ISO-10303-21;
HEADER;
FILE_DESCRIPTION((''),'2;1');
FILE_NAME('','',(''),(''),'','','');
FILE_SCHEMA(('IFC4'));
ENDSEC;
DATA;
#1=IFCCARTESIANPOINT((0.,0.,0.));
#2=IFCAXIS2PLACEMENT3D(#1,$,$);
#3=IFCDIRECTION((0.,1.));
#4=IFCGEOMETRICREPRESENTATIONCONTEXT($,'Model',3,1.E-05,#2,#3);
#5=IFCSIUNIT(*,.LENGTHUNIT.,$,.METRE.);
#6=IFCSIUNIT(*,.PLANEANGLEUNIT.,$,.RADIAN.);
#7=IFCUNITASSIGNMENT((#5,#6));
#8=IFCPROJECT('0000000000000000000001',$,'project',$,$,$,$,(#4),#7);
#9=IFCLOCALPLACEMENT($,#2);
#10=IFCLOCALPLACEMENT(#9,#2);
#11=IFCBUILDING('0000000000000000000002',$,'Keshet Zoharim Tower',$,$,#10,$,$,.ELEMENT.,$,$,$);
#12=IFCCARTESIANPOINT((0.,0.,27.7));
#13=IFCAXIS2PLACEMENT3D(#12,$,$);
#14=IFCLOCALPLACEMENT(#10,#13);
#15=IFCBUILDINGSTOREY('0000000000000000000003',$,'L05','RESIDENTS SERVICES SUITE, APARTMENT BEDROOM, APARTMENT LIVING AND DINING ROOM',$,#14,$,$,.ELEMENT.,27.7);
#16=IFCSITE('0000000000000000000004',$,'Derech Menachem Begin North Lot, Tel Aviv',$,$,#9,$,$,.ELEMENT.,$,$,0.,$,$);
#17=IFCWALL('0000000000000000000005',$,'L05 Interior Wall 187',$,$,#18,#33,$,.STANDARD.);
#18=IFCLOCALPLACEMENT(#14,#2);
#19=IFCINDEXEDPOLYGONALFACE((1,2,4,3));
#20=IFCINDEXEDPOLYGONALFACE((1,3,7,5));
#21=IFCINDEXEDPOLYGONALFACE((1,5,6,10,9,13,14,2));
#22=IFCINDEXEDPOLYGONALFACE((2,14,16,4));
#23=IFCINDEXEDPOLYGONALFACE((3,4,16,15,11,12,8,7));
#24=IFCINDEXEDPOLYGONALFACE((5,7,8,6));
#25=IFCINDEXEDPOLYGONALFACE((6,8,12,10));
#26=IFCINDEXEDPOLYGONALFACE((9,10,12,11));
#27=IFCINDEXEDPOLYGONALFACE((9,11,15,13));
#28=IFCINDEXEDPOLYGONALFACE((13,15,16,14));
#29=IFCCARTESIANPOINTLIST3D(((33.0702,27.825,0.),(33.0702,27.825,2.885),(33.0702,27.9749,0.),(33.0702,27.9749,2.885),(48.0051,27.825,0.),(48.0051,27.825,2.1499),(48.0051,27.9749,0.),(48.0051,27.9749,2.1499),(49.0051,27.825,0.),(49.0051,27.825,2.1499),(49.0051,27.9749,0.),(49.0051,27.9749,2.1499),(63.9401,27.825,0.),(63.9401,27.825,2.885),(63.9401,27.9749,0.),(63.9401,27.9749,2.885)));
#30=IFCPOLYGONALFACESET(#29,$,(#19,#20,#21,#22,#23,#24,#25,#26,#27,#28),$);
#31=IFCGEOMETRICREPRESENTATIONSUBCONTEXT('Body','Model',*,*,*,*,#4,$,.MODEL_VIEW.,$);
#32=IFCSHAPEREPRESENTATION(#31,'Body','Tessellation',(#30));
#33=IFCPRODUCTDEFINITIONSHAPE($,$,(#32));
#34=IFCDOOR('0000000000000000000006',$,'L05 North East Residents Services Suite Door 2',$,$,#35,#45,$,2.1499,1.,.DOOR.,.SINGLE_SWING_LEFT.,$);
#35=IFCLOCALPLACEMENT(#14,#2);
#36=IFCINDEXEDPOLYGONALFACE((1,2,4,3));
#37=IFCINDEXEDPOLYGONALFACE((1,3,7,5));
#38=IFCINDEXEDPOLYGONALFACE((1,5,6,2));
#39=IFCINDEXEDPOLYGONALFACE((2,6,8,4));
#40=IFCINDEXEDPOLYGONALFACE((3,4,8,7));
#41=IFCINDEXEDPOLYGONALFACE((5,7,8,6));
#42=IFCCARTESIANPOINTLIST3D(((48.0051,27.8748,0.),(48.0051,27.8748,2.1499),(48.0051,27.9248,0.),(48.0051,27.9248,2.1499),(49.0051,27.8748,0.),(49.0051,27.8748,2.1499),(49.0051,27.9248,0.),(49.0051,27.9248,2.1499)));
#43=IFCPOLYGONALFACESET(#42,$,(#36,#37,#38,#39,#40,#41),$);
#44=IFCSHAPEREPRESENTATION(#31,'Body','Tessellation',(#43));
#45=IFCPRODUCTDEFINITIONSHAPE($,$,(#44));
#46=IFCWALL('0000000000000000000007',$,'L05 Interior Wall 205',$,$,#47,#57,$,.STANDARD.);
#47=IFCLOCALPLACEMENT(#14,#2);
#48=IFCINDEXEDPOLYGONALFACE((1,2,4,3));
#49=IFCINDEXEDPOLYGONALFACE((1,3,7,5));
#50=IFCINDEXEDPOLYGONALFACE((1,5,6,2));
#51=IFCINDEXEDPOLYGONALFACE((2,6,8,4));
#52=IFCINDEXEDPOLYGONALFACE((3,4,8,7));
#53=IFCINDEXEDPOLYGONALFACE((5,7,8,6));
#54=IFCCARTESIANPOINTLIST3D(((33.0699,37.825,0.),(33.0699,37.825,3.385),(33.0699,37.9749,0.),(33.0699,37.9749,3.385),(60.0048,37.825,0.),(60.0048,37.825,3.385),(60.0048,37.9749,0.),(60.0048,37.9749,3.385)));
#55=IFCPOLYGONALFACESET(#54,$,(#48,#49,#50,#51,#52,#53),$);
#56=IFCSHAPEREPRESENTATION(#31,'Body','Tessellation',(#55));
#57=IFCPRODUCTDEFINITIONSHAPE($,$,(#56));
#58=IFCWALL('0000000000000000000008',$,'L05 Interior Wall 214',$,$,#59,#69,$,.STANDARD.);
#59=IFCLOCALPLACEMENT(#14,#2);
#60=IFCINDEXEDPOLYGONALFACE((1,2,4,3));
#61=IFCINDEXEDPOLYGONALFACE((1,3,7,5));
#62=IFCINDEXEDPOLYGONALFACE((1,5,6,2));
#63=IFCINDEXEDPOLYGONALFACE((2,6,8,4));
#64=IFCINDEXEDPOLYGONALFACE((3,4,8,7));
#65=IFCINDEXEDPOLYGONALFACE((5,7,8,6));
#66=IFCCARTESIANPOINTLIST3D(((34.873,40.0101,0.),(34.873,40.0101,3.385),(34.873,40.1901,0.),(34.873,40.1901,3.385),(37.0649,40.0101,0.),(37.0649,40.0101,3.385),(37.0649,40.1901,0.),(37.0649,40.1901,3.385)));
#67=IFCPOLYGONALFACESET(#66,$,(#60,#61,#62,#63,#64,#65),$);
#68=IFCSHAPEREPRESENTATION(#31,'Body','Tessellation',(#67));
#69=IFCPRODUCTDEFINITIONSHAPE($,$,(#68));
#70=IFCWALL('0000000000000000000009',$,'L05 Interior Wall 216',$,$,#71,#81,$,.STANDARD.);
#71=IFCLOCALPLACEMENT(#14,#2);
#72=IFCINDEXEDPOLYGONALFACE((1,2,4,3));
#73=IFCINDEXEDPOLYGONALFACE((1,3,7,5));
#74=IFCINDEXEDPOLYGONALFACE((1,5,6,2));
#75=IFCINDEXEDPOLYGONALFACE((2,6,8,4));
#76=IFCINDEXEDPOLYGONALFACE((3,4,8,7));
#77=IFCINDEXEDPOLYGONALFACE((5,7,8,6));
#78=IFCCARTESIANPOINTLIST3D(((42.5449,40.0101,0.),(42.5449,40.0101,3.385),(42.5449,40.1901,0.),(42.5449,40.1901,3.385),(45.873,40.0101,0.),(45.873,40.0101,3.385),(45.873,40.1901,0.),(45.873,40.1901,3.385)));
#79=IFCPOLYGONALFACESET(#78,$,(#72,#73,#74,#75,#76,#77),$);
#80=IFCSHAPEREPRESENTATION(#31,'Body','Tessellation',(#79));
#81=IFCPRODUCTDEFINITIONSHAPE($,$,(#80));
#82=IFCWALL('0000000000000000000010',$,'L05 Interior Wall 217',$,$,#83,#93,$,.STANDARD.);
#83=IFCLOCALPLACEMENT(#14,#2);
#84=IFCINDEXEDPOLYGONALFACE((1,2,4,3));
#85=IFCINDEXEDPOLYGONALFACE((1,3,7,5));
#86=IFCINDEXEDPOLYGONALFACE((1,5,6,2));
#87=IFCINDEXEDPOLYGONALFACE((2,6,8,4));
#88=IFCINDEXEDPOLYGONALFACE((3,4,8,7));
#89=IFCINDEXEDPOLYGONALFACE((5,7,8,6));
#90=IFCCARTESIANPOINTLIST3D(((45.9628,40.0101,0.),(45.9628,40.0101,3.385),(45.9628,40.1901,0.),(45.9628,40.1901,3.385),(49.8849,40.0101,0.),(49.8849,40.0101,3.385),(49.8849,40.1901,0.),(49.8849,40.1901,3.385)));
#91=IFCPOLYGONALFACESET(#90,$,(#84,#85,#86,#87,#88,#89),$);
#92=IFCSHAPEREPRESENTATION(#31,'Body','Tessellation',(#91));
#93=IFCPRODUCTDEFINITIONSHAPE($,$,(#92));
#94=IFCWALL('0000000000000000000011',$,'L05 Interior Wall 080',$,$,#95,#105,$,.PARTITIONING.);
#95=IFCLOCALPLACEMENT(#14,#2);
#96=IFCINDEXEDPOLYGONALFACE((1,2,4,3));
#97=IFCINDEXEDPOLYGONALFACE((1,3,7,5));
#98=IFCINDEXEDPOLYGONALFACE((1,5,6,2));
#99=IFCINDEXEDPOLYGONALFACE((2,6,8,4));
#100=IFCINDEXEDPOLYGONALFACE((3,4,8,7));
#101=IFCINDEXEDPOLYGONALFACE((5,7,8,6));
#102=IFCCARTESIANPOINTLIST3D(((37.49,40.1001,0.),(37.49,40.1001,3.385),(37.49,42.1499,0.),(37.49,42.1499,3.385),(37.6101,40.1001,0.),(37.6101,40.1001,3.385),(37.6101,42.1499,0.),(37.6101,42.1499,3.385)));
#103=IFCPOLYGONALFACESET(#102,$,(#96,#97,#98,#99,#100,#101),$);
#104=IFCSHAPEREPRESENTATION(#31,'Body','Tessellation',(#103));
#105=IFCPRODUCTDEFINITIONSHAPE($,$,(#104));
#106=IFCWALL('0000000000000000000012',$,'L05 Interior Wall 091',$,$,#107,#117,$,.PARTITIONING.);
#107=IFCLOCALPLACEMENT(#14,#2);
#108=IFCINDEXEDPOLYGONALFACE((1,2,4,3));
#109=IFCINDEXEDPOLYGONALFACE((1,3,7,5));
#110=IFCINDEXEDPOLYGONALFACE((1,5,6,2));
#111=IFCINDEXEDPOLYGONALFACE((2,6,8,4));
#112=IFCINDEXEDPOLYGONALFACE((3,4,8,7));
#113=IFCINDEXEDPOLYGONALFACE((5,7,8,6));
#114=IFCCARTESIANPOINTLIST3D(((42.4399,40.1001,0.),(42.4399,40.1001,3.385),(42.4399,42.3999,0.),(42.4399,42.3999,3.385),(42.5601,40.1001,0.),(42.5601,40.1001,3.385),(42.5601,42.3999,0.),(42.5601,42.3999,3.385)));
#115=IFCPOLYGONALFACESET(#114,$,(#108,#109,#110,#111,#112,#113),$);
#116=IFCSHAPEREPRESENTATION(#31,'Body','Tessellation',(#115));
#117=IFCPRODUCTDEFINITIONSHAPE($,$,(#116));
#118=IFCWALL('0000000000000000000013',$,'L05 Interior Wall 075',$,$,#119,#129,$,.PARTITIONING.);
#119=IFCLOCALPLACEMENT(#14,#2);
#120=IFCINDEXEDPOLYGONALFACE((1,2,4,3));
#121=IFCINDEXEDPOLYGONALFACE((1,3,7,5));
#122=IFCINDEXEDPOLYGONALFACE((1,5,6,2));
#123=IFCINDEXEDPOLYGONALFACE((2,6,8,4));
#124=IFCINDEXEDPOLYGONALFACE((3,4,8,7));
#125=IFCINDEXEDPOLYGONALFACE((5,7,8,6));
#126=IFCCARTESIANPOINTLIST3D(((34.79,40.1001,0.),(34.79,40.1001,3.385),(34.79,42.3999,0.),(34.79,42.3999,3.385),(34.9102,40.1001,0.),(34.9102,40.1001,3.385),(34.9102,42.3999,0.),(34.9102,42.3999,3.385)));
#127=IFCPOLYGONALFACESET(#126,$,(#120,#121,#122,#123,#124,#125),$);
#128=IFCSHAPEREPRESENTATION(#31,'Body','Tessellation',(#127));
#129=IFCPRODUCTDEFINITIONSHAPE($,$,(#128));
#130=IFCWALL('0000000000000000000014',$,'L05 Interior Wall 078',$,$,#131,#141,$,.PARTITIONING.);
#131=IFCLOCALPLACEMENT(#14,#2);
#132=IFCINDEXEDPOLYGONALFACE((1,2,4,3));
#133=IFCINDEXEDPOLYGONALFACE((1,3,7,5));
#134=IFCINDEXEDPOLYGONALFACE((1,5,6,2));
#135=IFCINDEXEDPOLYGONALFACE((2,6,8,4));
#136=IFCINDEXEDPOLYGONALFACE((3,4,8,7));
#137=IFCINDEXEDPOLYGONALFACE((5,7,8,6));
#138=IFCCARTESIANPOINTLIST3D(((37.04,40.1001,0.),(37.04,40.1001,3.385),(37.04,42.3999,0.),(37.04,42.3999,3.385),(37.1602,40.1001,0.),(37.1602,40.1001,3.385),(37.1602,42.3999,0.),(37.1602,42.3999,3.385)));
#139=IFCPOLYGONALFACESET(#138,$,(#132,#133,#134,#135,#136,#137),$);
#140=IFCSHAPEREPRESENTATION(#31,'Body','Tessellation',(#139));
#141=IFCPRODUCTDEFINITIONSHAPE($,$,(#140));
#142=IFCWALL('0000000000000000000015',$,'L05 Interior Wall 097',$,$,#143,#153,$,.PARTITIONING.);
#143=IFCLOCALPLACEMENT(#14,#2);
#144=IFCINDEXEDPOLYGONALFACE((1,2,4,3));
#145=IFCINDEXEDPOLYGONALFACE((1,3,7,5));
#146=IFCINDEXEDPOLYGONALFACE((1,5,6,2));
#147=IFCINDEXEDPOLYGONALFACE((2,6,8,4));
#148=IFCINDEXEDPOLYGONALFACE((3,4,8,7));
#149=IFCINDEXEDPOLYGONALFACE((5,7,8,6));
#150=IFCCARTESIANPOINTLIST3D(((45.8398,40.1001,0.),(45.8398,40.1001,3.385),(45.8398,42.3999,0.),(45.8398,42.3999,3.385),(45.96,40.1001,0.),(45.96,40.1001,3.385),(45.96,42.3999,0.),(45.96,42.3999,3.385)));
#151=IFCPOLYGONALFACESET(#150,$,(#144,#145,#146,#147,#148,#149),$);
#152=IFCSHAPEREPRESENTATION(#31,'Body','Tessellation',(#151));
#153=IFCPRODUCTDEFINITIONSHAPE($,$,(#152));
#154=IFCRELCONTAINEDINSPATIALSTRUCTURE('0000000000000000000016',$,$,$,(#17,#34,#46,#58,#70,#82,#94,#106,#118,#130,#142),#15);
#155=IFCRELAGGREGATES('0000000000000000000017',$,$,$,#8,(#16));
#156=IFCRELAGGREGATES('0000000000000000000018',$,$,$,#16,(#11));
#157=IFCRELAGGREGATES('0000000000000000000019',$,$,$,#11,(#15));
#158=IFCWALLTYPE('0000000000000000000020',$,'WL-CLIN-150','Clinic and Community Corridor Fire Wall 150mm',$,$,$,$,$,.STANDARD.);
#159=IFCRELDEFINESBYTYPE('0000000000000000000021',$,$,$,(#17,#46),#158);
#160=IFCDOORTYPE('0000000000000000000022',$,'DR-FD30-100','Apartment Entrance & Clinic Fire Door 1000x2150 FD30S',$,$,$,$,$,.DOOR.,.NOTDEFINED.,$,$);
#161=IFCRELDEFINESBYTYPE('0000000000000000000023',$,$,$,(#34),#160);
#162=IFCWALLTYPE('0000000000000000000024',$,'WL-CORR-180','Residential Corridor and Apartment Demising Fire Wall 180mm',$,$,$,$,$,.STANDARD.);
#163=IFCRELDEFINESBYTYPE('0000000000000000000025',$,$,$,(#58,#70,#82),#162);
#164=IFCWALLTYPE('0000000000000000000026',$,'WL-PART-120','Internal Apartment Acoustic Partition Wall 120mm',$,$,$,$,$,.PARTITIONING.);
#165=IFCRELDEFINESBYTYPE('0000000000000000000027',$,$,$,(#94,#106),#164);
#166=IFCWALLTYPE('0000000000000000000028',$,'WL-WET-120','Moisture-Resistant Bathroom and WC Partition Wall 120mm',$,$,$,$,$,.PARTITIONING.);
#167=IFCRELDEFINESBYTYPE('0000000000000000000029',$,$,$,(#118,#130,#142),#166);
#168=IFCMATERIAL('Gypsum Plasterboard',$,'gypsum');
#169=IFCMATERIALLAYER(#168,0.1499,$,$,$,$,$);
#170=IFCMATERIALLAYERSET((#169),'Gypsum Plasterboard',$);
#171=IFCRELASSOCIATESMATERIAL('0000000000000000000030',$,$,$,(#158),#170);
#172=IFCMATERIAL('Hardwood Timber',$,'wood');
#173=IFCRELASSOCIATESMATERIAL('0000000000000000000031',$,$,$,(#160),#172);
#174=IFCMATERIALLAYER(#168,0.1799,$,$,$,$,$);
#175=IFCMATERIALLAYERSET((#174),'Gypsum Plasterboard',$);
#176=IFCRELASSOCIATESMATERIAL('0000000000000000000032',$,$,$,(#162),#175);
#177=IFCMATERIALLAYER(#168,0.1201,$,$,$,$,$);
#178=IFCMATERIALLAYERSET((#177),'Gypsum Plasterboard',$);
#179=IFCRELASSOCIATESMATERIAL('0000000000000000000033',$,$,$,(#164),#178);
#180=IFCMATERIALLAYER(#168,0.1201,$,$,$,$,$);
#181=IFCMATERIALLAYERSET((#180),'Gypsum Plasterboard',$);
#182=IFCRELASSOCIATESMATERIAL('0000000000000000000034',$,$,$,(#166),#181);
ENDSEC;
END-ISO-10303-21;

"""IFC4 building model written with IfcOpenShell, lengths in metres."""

from ifc_helpers import new_model, si_unit, direction, frame, frame_2d, origin, place, context, subcontext, project, spatial, rectangle, extrude, material, layer, layer_set, type_object, element, fill, save


model = new_model("IFC4")

# Units and contexts
model_context = context("Model", 3, precision=1e-05, world=origin(), true_north=direction((0.0, 1.0)))
body_context = subcontext(model_context, "Body", "Model", "MODEL_VIEW")
ifc_project = project(units=[si_unit("LENGTHUNIT", "METRE"), si_unit("PLANEANGLEUNIT", "RADIAN")], contexts=[model_context])

# Site, building, storey
site_placement = place(None, origin())
site = spatial("IfcSite", under=ifc_project, at=site_placement, Name="Derech Menachem Begin North Lot, Tel Aviv", CompositionType="ELEMENT", RefElevation=0.0)
building_placement = place(site_placement, origin())
building = spatial("IfcBuilding", under=site, at=building_placement, Name="Keshet Zoharim Tower", CompositionType="ELEMENT")
storey_placement = place(building_placement, frame((0.0, 0.0, 27.7)))
storey = spatial("IfcBuildingStorey", under=building, at=storey_placement, Name="L05", Description="RESIDENTS SERVICES SUITE, APARTMENT BEDROOM, APARTMENT LIVING AND DINING ROOM", CompositionType="ELEMENT", Elevation=27.7)

# Shared definitions
ifc_material_1 = material(Name="Gypsum Plasterboard", Category="gypsum")
ifc_layer_1 = layer(ifc_material_1, 0.1499)
ifc_layer_set_1 = layer_set([ifc_layer_1], Name="Gypsum Plasterboard")
wall_type_1 = type_object("IfcWallType", Name="WL-CLIN-150", Description="Clinic and Community Corridor Fire Wall 150mm", PredefinedType="STANDARD", material=ifc_layer_set_1)

# Shared definitions
ifc_material_2 = material(Name="Hardwood Timber", Category="wood")
door_type = type_object("IfcDoorType", Name="DR-FD30-100", Description="Apartment Entrance & Clinic Fire Door 1000x2150 FD30S", OperationType="NOTDEFINED", PredefinedType="DOOR", material=ifc_material_2)

# Wall, opening, door
wall_1_placement = place(storey_placement, frame((33.0701, 27.8999, 0.0), z_axis=(0.0, 0.0, 1.0), x_axis=(1.0, 0.0, 0.0)))
wall_1 = element("IfcWall", 1, at=wall_1_placement, inside=storey, type_object=wall_type_1, Name="L05 Interior Wall 187", PredefinedType="STANDARD", context=body_context, shape_type="SweptSolid", body=[
    extrude(rectangle(XDim=30.8699, YDim=0.1499, at=frame_2d((15.4351, 0.0))), origin(), (0.0, 0.0, 1.0), 2.885),
])
opening_1_placement = place(wall_1_placement, frame((14.9351, 0.0, 0.0)))
opening_1 = element("IfcOpeningElement", 2, at=opening_1_placement, cuts=wall_1, PredefinedType="OPENING", context=body_context, shape_type="SweptSolid", body=[
    extrude(rectangle(XDim=1.0, YDim=2.1499, at=frame_2d((0.5, 1.075))), frame((0.0, 0.085, 0.0), z_axis=(0.0, -1.0, 0.0), x_axis=(1.0, 0.0, 0.0)), (0.0, 0.0, 1.0), 0.1699),
])
door_1_placement = place(opening_1_placement, origin())
door_1 = element("IfcDoor", 3, at=door_1_placement, inside=storey, type_object=door_type, Name="L05 North East Residents Services Suite Door 2", OperationType="SINGLE_SWING_LEFT", OverallHeight=2.1499, OverallWidth=1.0, PredefinedType="DOOR", context=body_context, shape_type="SweptSolid", body=[
    extrude(rectangle(XDim=1.0, YDim=2.1499, at=frame_2d((0.5, 1.075))), frame((0.0, 0.0249, 0.0), z_axis=(0.0, -1.0, 0.0), x_axis=(1.0, 0.0, 0.0)), (0.0, 0.0, 1.0), 0.05),
])
fill(opening_1, door_1)

# Walls
wall_2_placement = place(storey_placement, frame((33.0701, 37.8999, 0.0), z_axis=(0.0, 0.0, 1.0), x_axis=(1.0, 0.0, 0.0)))
element("IfcWall", 4, at=wall_2_placement, inside=storey, type_object=wall_type_1, Name="L05 Interior Wall 205", PredefinedType="STANDARD", context=body_context, shape_type="SweptSolid", body=[
    extrude(rectangle(XDim=26.9348, YDim=0.1499, at=frame_2d((13.4673, 0.0))), origin(), (0.0, 0.0, 1.0), 3.385),
])
ifc_layer_2 = layer(ifc_material_1, 0.1799)
ifc_layer_set_2 = layer_set([ifc_layer_2], Name="Gypsum Plasterboard")
wall_type_2 = type_object("IfcWallType", Name="WL-CORR-180", Description="Residential Corridor and Apartment Demising Fire Wall 180mm", PredefinedType="STANDARD", material=ifc_layer_set_2)
wall_3_placement = place(storey_placement, frame((34.873, 40.1001, 0.0), z_axis=(0.0, 0.0, 1.0), x_axis=(1.0, 0.0, 0.0)))
element("IfcWall", 5, at=wall_3_placement, inside=storey, type_object=wall_type_2, Name="L05 Interior Wall 214", PredefinedType="STANDARD", context=body_context, shape_type="SweptSolid", body=[
    extrude(rectangle(XDim=2.1919, YDim=0.1799, at=frame_2d((1.0959, 0.0))), origin(), (0.0, 0.0, 1.0), 3.385),
])

# Walls
wall_4_placement = place(storey_placement, frame((42.5449, 40.1001, 0.0), z_axis=(0.0, 0.0, 1.0), x_axis=(1.0, 0.0, 0.0)))
element("IfcWall", 6, at=wall_4_placement, inside=storey, type_object=wall_type_2, Name="L05 Interior Wall 216", PredefinedType="STANDARD", context=body_context, shape_type="SweptSolid", body=[
    extrude(rectangle(XDim=3.3281, YDim=0.1799, at=frame_2d((1.6641, 0.0))), origin(), (0.0, 0.0, 1.0), 3.385),
])
wall_5_placement = place(storey_placement, frame((45.9629, 40.1001, 0.0), z_axis=(0.0, 0.0, 1.0), x_axis=(1.0, 0.0, 0.0)))
element("IfcWall", 7, at=wall_5_placement, inside=storey, type_object=wall_type_2, Name="L05 Interior Wall 217", PredefinedType="STANDARD", context=body_context, shape_type="SweptSolid", body=[
    extrude(rectangle(XDim=3.9221, YDim=0.1799, at=frame_2d((1.9609, 0.0))), origin(), (0.0, 0.0, 1.0), 3.385),
])
ifc_layer_3 = layer(ifc_material_1, 0.1201)
ifc_layer_set_3 = layer_set([ifc_layer_3], Name="Gypsum Plasterboard")
wall_type_3 = type_object("IfcWallType", Name="WL-PART-120", Description="Internal Apartment Acoustic Partition Wall 120mm", PredefinedType="PARTITIONING", material=ifc_layer_set_3)
wall_6_placement = place(storey_placement, frame((37.55, 40.1001, 0.0), z_axis=(0.0, 0.0, 1.0), x_axis=(0.0, 1.0, 0.0)))
element("IfcWall", 8, at=wall_6_placement, inside=storey, type_object=wall_type_3, Name="L05 Interior Wall 080", PredefinedType="PARTITIONING", context=body_context, shape_type="SweptSolid", body=[
    extrude(rectangle(XDim=2.0498, YDim=0.1201, at=frame_2d((1.0249, 0.0))), origin(), (0.0, 0.0, 1.0), 3.385),
])
wall_7_placement = place(storey_placement, frame((42.5, 40.1001, 0.0), z_axis=(0.0, 0.0, 1.0), x_axis=(0.0, 1.0, 0.0)))
element("IfcWall", 9, at=wall_7_placement, inside=storey, type_object=wall_type_3, Name="L05 Interior Wall 091", PredefinedType="PARTITIONING", context=body_context, shape_type="SweptSolid", body=[
    extrude(rectangle(XDim=2.2998, YDim=0.1201, at=frame_2d((1.1499, 0.0))), origin(), (0.0, 0.0, 1.0), 3.385),
])
ifc_layer_4 = layer(ifc_material_1, 0.1201)
ifc_layer_set_4 = layer_set([ifc_layer_4], Name="Gypsum Plasterboard")
wall_type_4 = type_object("IfcWallType", Name="WL-WET-120", Description="Moisture-Resistant Bathroom and WC Partition Wall 120mm", PredefinedType="PARTITIONING", material=ifc_layer_set_4)
for number, where, z_axis, x_axis, name in (
    (10, (34.8501, 40.1001, 0.0), (0.0, 0.0, 1.0), (0.0, 1.0, 0.0), "L05 Interior Wall 075"),
    (11, (37.1001, 40.1001, 0.0), (0.0, 0.0, 1.0), (0.0, 1.0, 0.0), "L05 Interior Wall 078"),
    (12, (45.8999, 40.1001, 0.0), (0.0, 0.0, 1.0), (0.0, 1.0, 0.0), "L05 Interior Wall 097"),
):
    element("IfcWall", number, at=place(storey_placement, frame(where, z_axis=z_axis, x_axis=x_axis)), inside=storey, type_object=wall_type_4, Name=name, PredefinedType="PARTITIONING", context=body_context, shape_type="SweptSolid", body=[
        extrude(rectangle(XDim=2.2998, YDim=0.1201, at=frame_2d((1.1499, 0.0))), origin(), (0.0, 0.0, 1.0), 3.385),
    ])

save(model, "model.ifc")
